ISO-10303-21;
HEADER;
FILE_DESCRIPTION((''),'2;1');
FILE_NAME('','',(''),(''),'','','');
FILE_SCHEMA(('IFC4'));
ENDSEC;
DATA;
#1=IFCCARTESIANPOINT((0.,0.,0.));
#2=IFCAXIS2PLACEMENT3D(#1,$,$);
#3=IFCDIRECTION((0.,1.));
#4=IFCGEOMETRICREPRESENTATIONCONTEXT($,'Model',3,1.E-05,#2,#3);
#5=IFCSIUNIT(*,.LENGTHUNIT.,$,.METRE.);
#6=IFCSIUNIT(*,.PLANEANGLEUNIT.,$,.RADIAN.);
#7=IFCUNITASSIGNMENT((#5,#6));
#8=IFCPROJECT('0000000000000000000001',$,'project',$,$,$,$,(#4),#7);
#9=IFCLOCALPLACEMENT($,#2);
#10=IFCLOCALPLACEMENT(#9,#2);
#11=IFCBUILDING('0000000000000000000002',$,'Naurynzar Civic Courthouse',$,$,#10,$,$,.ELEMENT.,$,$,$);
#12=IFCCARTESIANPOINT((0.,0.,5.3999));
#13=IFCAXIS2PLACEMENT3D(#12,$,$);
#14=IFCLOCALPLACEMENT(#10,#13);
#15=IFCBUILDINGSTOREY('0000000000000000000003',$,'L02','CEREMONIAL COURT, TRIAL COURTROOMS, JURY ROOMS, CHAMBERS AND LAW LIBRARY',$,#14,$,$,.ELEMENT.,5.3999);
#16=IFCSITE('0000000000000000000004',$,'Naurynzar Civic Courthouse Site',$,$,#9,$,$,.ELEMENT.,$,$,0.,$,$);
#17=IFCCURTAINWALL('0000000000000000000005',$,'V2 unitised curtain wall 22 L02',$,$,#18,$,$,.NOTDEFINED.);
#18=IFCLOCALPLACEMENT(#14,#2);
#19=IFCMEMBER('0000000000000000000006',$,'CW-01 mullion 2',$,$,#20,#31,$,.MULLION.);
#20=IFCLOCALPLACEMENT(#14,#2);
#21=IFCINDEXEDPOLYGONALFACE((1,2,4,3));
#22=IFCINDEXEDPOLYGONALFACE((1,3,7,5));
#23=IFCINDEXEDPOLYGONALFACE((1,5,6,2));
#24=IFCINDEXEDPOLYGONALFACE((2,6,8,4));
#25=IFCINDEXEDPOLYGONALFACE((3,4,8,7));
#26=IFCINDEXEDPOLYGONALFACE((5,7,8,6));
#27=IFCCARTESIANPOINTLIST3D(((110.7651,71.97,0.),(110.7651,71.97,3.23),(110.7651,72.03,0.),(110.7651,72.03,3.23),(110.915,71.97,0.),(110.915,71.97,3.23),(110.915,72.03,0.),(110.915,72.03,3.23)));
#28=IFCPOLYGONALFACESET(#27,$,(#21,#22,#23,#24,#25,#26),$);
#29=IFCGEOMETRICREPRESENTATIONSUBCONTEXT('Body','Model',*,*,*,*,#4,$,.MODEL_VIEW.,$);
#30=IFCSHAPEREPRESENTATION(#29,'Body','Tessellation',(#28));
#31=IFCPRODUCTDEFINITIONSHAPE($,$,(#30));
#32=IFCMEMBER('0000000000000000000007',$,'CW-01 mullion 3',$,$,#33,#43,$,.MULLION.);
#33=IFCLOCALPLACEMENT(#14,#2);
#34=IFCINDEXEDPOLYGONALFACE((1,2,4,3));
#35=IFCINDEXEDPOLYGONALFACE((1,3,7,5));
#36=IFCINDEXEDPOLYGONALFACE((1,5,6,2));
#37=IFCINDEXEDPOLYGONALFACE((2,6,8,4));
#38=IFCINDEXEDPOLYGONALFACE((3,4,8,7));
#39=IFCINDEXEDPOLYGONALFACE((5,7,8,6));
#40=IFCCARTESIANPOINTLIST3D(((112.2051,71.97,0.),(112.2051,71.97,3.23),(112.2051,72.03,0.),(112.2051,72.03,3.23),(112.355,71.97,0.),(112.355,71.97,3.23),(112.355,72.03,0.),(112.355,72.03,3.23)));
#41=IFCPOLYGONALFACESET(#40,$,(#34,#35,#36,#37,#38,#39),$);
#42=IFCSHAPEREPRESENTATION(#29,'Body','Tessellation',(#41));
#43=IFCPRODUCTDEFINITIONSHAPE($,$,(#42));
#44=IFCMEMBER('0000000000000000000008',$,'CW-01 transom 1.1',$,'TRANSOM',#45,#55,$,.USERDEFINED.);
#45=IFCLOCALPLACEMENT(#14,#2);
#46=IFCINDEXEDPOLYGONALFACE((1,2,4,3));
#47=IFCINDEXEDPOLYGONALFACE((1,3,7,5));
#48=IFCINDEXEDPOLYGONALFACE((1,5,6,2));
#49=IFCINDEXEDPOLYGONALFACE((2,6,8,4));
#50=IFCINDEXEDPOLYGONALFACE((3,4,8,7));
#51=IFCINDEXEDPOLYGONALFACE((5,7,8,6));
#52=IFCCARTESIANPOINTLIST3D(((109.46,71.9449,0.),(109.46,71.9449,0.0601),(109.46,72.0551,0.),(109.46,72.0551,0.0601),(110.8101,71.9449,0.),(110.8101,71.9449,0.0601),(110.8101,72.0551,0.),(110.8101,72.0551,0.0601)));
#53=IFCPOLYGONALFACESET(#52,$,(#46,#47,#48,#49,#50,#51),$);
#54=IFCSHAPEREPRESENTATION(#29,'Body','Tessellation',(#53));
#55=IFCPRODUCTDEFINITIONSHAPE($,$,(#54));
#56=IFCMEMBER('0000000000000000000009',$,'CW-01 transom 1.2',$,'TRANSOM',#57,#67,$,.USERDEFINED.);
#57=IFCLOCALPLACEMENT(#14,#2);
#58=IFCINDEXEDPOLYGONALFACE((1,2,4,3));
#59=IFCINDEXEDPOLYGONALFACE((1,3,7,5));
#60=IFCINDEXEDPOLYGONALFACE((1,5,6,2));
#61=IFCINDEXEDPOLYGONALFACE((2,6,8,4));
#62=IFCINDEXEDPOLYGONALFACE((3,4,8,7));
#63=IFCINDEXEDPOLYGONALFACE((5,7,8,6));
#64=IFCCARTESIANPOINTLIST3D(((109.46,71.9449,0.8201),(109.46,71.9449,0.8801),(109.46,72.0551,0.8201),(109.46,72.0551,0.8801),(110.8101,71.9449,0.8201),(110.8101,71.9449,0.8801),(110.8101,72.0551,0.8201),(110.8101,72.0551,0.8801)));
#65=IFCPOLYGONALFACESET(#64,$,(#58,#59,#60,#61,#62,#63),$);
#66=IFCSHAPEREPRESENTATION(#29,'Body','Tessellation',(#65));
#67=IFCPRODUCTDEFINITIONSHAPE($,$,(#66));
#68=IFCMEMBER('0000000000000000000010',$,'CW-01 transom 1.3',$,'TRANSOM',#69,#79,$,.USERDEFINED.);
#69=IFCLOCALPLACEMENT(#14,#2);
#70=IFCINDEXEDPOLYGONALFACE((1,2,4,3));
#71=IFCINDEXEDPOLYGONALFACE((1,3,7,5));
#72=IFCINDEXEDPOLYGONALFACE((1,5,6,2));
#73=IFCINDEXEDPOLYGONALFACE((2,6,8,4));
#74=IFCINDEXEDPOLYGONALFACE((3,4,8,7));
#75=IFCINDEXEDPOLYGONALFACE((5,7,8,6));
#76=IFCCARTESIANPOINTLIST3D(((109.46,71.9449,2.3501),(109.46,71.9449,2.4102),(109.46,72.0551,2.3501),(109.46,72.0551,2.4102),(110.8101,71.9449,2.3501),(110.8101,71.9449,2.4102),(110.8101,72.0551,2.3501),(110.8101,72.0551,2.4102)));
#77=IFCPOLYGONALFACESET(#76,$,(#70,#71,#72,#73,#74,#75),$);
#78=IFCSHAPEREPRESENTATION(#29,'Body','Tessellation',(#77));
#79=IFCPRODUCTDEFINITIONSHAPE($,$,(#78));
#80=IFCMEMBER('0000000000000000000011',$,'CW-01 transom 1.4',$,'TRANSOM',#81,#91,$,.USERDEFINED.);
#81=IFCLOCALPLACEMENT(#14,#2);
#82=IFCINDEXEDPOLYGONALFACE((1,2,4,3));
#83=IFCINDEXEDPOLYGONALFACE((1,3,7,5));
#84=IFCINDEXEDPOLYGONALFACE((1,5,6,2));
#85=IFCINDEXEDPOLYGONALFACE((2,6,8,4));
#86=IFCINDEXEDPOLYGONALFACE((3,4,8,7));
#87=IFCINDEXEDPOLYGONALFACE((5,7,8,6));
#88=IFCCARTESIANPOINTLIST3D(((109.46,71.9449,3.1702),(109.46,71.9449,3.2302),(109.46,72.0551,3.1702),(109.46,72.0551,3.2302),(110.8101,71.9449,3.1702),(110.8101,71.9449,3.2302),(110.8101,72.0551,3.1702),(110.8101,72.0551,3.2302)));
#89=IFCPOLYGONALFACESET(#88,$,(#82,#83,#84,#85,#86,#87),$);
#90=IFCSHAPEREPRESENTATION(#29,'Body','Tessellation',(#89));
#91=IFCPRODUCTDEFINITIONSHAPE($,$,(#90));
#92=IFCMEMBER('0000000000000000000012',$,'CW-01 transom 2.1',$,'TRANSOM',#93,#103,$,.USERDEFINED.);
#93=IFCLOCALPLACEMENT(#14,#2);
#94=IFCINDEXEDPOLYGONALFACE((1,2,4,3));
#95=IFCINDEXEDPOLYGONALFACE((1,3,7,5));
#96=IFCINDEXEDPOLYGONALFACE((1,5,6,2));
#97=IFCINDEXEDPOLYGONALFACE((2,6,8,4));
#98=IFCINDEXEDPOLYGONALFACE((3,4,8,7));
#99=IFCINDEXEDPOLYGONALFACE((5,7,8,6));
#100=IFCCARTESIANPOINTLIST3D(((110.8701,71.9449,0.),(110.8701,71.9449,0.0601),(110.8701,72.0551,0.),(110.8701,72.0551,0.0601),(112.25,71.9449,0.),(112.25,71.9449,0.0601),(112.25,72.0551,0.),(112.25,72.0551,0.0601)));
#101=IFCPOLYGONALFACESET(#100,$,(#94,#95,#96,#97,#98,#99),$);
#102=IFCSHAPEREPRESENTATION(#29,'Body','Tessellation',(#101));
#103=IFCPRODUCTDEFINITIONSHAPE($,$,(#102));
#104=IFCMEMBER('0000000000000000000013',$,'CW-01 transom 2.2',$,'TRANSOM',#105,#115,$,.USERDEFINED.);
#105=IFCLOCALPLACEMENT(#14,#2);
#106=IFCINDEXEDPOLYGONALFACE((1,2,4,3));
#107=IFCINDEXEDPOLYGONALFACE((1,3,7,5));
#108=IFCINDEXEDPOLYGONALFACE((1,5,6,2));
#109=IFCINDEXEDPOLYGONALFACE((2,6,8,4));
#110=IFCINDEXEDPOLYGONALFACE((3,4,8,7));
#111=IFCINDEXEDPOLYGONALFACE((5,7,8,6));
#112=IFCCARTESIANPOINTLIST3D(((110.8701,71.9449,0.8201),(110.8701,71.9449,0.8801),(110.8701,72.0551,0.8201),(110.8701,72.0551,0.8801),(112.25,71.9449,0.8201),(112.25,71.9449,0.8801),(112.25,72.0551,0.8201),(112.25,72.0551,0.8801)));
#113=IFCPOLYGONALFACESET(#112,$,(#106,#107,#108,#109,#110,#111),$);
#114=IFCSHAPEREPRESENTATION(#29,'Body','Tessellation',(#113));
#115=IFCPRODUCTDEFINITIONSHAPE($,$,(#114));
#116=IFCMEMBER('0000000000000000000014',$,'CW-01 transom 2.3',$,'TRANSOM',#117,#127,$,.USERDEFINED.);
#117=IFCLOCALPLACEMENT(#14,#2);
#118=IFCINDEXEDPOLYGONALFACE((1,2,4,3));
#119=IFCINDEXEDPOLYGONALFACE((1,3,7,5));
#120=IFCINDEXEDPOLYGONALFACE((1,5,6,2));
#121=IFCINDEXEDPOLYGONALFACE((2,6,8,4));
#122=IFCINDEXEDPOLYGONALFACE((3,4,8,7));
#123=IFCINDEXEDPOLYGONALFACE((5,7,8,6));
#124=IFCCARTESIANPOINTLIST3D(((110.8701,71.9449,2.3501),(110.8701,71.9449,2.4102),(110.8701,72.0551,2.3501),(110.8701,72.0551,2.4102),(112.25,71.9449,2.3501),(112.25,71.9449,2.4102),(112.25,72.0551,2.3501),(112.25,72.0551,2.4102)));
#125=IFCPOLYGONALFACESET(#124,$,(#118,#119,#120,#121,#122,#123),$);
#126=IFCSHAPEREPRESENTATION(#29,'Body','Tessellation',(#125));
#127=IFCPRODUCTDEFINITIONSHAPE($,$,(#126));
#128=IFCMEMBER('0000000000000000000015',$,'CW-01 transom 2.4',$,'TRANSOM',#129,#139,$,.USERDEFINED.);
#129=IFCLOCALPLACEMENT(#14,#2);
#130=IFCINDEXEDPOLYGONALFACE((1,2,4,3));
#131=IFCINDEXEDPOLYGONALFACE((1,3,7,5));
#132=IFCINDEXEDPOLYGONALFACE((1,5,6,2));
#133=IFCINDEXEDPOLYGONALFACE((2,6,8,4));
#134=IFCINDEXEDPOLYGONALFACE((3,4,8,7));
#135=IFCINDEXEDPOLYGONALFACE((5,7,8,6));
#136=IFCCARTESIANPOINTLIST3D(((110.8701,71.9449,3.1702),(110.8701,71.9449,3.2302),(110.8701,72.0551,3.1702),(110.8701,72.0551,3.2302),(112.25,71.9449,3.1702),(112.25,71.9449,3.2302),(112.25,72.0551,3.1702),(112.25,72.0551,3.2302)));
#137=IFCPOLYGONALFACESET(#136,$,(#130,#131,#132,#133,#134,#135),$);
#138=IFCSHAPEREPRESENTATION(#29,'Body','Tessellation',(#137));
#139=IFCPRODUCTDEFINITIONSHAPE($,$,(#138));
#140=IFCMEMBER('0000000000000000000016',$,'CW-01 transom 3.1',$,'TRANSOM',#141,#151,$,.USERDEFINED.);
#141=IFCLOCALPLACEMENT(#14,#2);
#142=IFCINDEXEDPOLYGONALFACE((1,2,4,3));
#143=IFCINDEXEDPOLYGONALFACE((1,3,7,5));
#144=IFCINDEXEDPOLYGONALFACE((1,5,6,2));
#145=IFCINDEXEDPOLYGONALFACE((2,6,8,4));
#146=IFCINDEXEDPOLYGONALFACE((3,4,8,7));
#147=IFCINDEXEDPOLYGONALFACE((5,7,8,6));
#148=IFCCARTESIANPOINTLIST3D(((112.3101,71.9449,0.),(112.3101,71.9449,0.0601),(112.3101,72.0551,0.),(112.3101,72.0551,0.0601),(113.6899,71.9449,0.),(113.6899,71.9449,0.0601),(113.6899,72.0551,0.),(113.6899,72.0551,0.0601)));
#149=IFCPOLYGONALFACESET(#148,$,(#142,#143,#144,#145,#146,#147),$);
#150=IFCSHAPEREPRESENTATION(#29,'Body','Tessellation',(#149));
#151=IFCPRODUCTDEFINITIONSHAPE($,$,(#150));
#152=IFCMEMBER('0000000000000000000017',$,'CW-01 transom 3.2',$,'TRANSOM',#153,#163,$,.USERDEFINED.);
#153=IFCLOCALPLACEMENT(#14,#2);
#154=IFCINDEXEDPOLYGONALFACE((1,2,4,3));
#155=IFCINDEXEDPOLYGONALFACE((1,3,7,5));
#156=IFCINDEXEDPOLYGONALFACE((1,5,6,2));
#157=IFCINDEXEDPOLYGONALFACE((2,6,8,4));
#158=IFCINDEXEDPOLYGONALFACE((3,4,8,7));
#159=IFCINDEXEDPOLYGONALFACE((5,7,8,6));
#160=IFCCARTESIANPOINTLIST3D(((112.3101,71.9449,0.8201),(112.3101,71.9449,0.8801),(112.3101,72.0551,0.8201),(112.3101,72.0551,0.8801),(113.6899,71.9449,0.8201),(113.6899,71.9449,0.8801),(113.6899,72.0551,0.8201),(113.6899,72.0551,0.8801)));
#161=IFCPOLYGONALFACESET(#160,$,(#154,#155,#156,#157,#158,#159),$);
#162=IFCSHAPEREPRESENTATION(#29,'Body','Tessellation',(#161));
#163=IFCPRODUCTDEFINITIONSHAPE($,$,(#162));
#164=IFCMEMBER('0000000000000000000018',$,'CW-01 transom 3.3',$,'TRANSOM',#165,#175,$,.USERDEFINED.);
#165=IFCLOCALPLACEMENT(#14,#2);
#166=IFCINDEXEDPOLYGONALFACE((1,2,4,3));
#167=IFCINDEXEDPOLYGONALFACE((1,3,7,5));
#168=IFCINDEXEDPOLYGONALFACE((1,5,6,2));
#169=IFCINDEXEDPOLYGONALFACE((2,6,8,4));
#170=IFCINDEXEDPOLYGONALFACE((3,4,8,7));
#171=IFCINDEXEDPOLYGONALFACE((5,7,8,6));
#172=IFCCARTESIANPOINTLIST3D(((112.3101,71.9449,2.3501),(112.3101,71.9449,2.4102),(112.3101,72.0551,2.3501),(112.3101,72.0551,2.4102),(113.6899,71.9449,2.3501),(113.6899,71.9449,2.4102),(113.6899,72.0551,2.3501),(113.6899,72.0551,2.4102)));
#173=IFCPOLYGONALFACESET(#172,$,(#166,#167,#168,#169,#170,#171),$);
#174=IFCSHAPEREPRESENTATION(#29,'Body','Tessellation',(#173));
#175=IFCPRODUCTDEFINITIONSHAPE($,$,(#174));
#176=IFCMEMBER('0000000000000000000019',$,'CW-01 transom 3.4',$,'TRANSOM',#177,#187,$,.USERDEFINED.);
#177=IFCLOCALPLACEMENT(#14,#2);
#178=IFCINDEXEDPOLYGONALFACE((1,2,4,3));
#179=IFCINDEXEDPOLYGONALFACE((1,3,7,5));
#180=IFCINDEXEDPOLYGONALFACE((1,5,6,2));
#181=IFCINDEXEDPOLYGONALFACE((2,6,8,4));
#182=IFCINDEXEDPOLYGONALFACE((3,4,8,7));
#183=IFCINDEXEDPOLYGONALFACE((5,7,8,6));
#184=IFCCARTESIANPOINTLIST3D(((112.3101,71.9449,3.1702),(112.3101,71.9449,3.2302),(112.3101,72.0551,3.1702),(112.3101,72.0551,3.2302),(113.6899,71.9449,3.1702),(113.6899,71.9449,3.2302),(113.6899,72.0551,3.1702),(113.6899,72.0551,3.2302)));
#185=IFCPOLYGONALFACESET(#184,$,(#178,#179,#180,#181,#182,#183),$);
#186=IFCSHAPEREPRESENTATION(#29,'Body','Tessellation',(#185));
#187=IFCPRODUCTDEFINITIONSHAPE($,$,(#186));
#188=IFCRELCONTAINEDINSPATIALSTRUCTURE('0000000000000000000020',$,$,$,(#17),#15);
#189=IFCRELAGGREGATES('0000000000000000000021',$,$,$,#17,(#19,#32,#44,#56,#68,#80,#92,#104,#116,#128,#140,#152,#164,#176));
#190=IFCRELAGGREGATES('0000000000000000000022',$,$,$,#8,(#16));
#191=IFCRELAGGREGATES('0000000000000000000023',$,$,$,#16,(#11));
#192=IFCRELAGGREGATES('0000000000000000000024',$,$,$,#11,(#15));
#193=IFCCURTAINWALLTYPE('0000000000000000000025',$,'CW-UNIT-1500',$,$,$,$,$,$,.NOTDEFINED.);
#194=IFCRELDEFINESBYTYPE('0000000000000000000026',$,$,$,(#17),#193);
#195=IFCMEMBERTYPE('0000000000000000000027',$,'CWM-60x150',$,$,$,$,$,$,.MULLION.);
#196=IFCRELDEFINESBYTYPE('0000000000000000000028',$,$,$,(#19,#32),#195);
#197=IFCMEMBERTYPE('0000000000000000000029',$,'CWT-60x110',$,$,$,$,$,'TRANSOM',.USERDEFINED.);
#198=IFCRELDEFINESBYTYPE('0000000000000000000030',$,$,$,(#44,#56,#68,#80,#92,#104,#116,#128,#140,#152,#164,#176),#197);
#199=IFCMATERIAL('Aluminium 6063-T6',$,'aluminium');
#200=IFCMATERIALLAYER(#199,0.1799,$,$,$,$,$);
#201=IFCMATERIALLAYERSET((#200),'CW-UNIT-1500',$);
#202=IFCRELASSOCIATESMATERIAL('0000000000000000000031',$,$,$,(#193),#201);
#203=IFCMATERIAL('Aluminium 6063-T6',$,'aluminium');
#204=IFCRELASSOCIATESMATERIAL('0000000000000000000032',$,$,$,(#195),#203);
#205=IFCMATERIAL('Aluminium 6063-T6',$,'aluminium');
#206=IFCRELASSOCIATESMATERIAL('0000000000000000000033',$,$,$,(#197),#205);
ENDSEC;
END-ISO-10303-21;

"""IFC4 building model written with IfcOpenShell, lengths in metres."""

from ifc_helpers import new_model, si_unit, direction, frame, origin, origin_2d, place, context, subcontext, project, spatial, rectangle, extrude, material, layer, layer_set, material_profile, profile_set, type_object, element, aggregate, save


model = new_model("IFC4")

# Units and contexts
model_context = context("Model", 3, precision=1e-05, world=origin(), true_north=direction((0.0, 1.0)))
body_context = subcontext(model_context, "Body", "Model", "MODEL_VIEW")
ifc_project = project(units=[si_unit("LENGTHUNIT", "METRE"), si_unit("PLANEANGLEUNIT", "RADIAN")], contexts=[model_context])

# Site, building, storey
site_placement = place(None, origin())
site = spatial("IfcSite", under=ifc_project, at=site_placement, Name="Naurynzar Civic Courthouse Site", CompositionType="ELEMENT", RefElevation=0.0)
building_placement = place(site_placement, origin())
building = spatial("IfcBuilding", under=site, at=building_placement, Name="Naurynzar Civic Courthouse", CompositionType="ELEMENT")
storey_placement = place(building_placement, frame((0.0, 0.0, 5.3999)))
storey = spatial("IfcBuildingStorey", under=building, at=storey_placement, Name="L02", Description="CEREMONIAL COURT, TRIAL COURTROOMS, JURY ROOMS, CHAMBERS AND LAW LIBRARY", CompositionType="ELEMENT", Elevation=5.3999)

# Curtain wall, members
ifc_material_1 = material(Name="Aluminium 6063-T6", Category="aluminium")
ifc_layer_1 = layer(ifc_material_1, 0.1799)
ifc_layer_set_1 = layer_set([ifc_layer_1], Name="CW-UNIT-1500")
curtain_wall_type = type_object("IfcCurtainWallType", Name="CW-UNIT-1500", PredefinedType="NOTDEFINED", material=ifc_layer_set_1)
curtain_wall_placement = place(storey_placement, origin())
curtain_wall = element("IfcCurtainWall", 1, at=curtain_wall_placement, inside=storey, type_object=curtain_wall_type, Name="V2 unitised curtain wall 22 L02", PredefinedType="NOTDEFINED")
ifc_material_2 = material(Name="Aluminium 6063-T6", Category="aluminium")
ifc_material_profile_1 = material_profile(ifc_material_2, rectangle(XDim=0.0601, YDim=0.1499, at=origin_2d()), Name="ALU MULLION 60x150")
ifc_profile_set_1 = profile_set([ifc_material_profile_1], Name="Aluminium 6063-T6")
member_type_1 = type_object("IfcMemberType", Name="CWM-60x150", PredefinedType="MULLION", material=ifc_profile_set_1)
member_1_placement = place(storey_placement, frame((110.8401, 72.0, 0.0), z_axis=(0.0, 0.0, 1.0), x_axis=(0.0, 1.0, 0.0)))
member_1 = element("IfcMember", 2, at=member_1_placement, type_object=member_type_1, Name="CW-01 mullion 2", PredefinedType="MULLION", context=body_context, shape_type="SweptSolid", body=[
    extrude(rectangle(XDim=0.0601, YDim=0.1499, at=origin_2d()), origin(), (0.0, 0.0, 1.0), 3.23),
])
member_2_placement = place(storey_placement, frame((112.28, 72.0, 0.0), z_axis=(0.0, 0.0, 1.0), x_axis=(0.0, 1.0, 0.0)))
member_2 = element("IfcMember", 3, at=member_2_placement, type_object=member_type_1, Name="CW-01 mullion 3", PredefinedType="MULLION", context=body_context, shape_type="SweptSolid", body=[
    extrude(rectangle(XDim=0.0601, YDim=0.1499, at=origin_2d()), origin(), (0.0, 0.0, 1.0), 3.23),
])
ifc_material_3 = material(Name="Aluminium 6063-T6", Category="aluminium")
ifc_material_profile_2 = material_profile(ifc_material_3, rectangle(XDim=0.1101, YDim=0.0601, at=origin_2d()), Name="ALU TRANSOM 60x110")
ifc_profile_set_2 = profile_set([ifc_material_profile_2], Name="Aluminium 6063-T6")
member_type_2 = type_object("IfcMemberType", Name="CWT-60x110", ElementType="TRANSOM", PredefinedType="USERDEFINED", material=ifc_profile_set_2)
member_3_placement = place(storey_placement, frame((109.46, 72.0, 0.03), z_axis=(1.0, 0.0, 0.0), x_axis=(0.0, 1.0, 0.0)))
member_3 = element("IfcMember", 4, at=member_3_placement, type_object=member_type_2, Name="CW-01 transom 1.1", ObjectType="TRANSOM", PredefinedType="USERDEFINED", context=body_context, shape_type="SweptSolid", body=[
    extrude(rectangle(XDim=0.1101, YDim=0.0601, at=origin_2d()), origin(), (0.0, 0.0, 1.0), 1.3501),
])
member_4_placement = place(storey_placement, frame((109.46, 72.0, 0.8501), z_axis=(1.0, 0.0, 0.0), x_axis=(0.0, 1.0, 0.0)))
member_4 = element("IfcMember", 5, at=member_4_placement, type_object=member_type_2, Name="CW-01 transom 1.2", ObjectType="TRANSOM", PredefinedType="USERDEFINED", context=body_context, shape_type="SweptSolid", body=[
    extrude(rectangle(XDim=0.1101, YDim=0.0601, at=origin_2d()), origin(), (0.0, 0.0, 1.0), 1.3501),
])
member_5_placement = place(storey_placement, frame((109.46, 72.0, 2.3801), z_axis=(1.0, 0.0, 0.0), x_axis=(0.0, 1.0, 0.0)))
member_5 = element("IfcMember", 6, at=member_5_placement, type_object=member_type_2, Name="CW-01 transom 1.3", ObjectType="TRANSOM", PredefinedType="USERDEFINED", context=body_context, shape_type="SweptSolid", body=[
    extrude(rectangle(XDim=0.1101, YDim=0.0601, at=origin_2d()), origin(), (0.0, 0.0, 1.0), 1.3501),
])
member_6_placement = place(storey_placement, frame((109.46, 72.0, 3.2002), z_axis=(1.0, 0.0, 0.0), x_axis=(0.0, 1.0, 0.0)))
member_6 = element("IfcMember", 7, at=member_6_placement, type_object=member_type_2, Name="CW-01 transom 1.4", ObjectType="TRANSOM", PredefinedType="USERDEFINED", context=body_context, shape_type="SweptSolid", body=[
    extrude(rectangle(XDim=0.1101, YDim=0.0601, at=origin_2d()), origin(), (0.0, 0.0, 1.0), 1.3501),
])
member_7_placement = place(storey_placement, frame((110.8701, 72.0, 0.03), z_axis=(1.0, 0.0, 0.0), x_axis=(0.0, 1.0, 0.0)))
member_7 = element("IfcMember", 8, at=member_7_placement, type_object=member_type_2, Name="CW-01 transom 2.1", ObjectType="TRANSOM", PredefinedType="USERDEFINED", context=body_context, shape_type="SweptSolid", body=[
    extrude(rectangle(XDim=0.1101, YDim=0.0601, at=origin_2d()), origin(), (0.0, 0.0, 1.0), 1.3799),
])
member_8_placement = place(storey_placement, frame((110.8701, 72.0, 0.8501), z_axis=(1.0, 0.0, 0.0), x_axis=(0.0, 1.0, 0.0)))
member_8 = element("IfcMember", 9, at=member_8_placement, type_object=member_type_2, Name="CW-01 transom 2.2", ObjectType="TRANSOM", PredefinedType="USERDEFINED", context=body_context, shape_type="SweptSolid", body=[
    extrude(rectangle(XDim=0.1101, YDim=0.0601, at=origin_2d()), origin(), (0.0, 0.0, 1.0), 1.3799),
])
member_9_placement = place(storey_placement, frame((110.8701, 72.0, 2.3801), z_axis=(1.0, 0.0, 0.0), x_axis=(0.0, 1.0, 0.0)))
member_9 = element("IfcMember", 10, at=member_9_placement, type_object=member_type_2, Name="CW-01 transom 2.3", ObjectType="TRANSOM", PredefinedType="USERDEFINED", context=body_context, shape_type="SweptSolid", body=[
    extrude(rectangle(XDim=0.1101, YDim=0.0601, at=origin_2d()), origin(), (0.0, 0.0, 1.0), 1.3799),
])
member_10_placement = place(storey_placement, frame((110.8701, 72.0, 3.2002), z_axis=(1.0, 0.0, 0.0), x_axis=(0.0, 1.0, 0.0)))
member_10 = element("IfcMember", 11, at=member_10_placement, type_object=member_type_2, Name="CW-01 transom 2.4", ObjectType="TRANSOM", PredefinedType="USERDEFINED", context=body_context, shape_type="SweptSolid", body=[
    extrude(rectangle(XDim=0.1101, YDim=0.0601, at=origin_2d()), origin(), (0.0, 0.0, 1.0), 1.3799),
])
member_11_placement = place(storey_placement, frame((112.3101, 72.0, 0.03), z_axis=(1.0, 0.0, 0.0), x_axis=(0.0, 1.0, 0.0)))
member_11 = element("IfcMember", 12, at=member_11_placement, type_object=member_type_2, Name="CW-01 transom 3.1", ObjectType="TRANSOM", PredefinedType="USERDEFINED", context=body_context, shape_type="SweptSolid", body=[
    extrude(rectangle(XDim=0.1101, YDim=0.0601, at=origin_2d()), origin(), (0.0, 0.0, 1.0), 1.3799),
])
member_12_placement = place(storey_placement, frame((112.3101, 72.0, 0.8501), z_axis=(1.0, 0.0, 0.0), x_axis=(0.0, 1.0, 0.0)))
member_12 = element("IfcMember", 13, at=member_12_placement, type_object=member_type_2, Name="CW-01 transom 3.2", ObjectType="TRANSOM", PredefinedType="USERDEFINED", context=body_context, shape_type="SweptSolid", body=[
    extrude(rectangle(XDim=0.1101, YDim=0.0601, at=origin_2d()), origin(), (0.0, 0.0, 1.0), 1.3799),
])
member_13_placement = place(storey_placement, frame((112.3101, 72.0, 2.3801), z_axis=(1.0, 0.0, 0.0), x_axis=(0.0, 1.0, 0.0)))
member_13 = element("IfcMember", 14, at=member_13_placement, type_object=member_type_2, Name="CW-01 transom 3.3", ObjectType="TRANSOM", PredefinedType="USERDEFINED", context=body_context, shape_type="SweptSolid", body=[
    extrude(rectangle(XDim=0.1101, YDim=0.0601, at=origin_2d()), origin(), (0.0, 0.0, 1.0), 1.3799),
])
member_14_placement = place(storey_placement, frame((112.3101, 72.0, 3.2002), z_axis=(1.0, 0.0, 0.0), x_axis=(0.0, 1.0, 0.0)))
member_14 = element("IfcMember", 15, at=member_14_placement, type_object=member_type_2, Name="CW-01 transom 3.4", ObjectType="TRANSOM", PredefinedType="USERDEFINED", context=body_context, shape_type="SweptSolid", body=[
    extrude(rectangle(XDim=0.1101, YDim=0.0601, at=origin_2d()), origin(), (0.0, 0.0, 1.0), 1.3799),
])
aggregate(curtain_wall, [member_1, member_2, member_3, member_4, member_5, member_6, member_7, member_8, member_9, member_10, member_11, member_12, member_13, member_14])

save(model, "model.ifc")
